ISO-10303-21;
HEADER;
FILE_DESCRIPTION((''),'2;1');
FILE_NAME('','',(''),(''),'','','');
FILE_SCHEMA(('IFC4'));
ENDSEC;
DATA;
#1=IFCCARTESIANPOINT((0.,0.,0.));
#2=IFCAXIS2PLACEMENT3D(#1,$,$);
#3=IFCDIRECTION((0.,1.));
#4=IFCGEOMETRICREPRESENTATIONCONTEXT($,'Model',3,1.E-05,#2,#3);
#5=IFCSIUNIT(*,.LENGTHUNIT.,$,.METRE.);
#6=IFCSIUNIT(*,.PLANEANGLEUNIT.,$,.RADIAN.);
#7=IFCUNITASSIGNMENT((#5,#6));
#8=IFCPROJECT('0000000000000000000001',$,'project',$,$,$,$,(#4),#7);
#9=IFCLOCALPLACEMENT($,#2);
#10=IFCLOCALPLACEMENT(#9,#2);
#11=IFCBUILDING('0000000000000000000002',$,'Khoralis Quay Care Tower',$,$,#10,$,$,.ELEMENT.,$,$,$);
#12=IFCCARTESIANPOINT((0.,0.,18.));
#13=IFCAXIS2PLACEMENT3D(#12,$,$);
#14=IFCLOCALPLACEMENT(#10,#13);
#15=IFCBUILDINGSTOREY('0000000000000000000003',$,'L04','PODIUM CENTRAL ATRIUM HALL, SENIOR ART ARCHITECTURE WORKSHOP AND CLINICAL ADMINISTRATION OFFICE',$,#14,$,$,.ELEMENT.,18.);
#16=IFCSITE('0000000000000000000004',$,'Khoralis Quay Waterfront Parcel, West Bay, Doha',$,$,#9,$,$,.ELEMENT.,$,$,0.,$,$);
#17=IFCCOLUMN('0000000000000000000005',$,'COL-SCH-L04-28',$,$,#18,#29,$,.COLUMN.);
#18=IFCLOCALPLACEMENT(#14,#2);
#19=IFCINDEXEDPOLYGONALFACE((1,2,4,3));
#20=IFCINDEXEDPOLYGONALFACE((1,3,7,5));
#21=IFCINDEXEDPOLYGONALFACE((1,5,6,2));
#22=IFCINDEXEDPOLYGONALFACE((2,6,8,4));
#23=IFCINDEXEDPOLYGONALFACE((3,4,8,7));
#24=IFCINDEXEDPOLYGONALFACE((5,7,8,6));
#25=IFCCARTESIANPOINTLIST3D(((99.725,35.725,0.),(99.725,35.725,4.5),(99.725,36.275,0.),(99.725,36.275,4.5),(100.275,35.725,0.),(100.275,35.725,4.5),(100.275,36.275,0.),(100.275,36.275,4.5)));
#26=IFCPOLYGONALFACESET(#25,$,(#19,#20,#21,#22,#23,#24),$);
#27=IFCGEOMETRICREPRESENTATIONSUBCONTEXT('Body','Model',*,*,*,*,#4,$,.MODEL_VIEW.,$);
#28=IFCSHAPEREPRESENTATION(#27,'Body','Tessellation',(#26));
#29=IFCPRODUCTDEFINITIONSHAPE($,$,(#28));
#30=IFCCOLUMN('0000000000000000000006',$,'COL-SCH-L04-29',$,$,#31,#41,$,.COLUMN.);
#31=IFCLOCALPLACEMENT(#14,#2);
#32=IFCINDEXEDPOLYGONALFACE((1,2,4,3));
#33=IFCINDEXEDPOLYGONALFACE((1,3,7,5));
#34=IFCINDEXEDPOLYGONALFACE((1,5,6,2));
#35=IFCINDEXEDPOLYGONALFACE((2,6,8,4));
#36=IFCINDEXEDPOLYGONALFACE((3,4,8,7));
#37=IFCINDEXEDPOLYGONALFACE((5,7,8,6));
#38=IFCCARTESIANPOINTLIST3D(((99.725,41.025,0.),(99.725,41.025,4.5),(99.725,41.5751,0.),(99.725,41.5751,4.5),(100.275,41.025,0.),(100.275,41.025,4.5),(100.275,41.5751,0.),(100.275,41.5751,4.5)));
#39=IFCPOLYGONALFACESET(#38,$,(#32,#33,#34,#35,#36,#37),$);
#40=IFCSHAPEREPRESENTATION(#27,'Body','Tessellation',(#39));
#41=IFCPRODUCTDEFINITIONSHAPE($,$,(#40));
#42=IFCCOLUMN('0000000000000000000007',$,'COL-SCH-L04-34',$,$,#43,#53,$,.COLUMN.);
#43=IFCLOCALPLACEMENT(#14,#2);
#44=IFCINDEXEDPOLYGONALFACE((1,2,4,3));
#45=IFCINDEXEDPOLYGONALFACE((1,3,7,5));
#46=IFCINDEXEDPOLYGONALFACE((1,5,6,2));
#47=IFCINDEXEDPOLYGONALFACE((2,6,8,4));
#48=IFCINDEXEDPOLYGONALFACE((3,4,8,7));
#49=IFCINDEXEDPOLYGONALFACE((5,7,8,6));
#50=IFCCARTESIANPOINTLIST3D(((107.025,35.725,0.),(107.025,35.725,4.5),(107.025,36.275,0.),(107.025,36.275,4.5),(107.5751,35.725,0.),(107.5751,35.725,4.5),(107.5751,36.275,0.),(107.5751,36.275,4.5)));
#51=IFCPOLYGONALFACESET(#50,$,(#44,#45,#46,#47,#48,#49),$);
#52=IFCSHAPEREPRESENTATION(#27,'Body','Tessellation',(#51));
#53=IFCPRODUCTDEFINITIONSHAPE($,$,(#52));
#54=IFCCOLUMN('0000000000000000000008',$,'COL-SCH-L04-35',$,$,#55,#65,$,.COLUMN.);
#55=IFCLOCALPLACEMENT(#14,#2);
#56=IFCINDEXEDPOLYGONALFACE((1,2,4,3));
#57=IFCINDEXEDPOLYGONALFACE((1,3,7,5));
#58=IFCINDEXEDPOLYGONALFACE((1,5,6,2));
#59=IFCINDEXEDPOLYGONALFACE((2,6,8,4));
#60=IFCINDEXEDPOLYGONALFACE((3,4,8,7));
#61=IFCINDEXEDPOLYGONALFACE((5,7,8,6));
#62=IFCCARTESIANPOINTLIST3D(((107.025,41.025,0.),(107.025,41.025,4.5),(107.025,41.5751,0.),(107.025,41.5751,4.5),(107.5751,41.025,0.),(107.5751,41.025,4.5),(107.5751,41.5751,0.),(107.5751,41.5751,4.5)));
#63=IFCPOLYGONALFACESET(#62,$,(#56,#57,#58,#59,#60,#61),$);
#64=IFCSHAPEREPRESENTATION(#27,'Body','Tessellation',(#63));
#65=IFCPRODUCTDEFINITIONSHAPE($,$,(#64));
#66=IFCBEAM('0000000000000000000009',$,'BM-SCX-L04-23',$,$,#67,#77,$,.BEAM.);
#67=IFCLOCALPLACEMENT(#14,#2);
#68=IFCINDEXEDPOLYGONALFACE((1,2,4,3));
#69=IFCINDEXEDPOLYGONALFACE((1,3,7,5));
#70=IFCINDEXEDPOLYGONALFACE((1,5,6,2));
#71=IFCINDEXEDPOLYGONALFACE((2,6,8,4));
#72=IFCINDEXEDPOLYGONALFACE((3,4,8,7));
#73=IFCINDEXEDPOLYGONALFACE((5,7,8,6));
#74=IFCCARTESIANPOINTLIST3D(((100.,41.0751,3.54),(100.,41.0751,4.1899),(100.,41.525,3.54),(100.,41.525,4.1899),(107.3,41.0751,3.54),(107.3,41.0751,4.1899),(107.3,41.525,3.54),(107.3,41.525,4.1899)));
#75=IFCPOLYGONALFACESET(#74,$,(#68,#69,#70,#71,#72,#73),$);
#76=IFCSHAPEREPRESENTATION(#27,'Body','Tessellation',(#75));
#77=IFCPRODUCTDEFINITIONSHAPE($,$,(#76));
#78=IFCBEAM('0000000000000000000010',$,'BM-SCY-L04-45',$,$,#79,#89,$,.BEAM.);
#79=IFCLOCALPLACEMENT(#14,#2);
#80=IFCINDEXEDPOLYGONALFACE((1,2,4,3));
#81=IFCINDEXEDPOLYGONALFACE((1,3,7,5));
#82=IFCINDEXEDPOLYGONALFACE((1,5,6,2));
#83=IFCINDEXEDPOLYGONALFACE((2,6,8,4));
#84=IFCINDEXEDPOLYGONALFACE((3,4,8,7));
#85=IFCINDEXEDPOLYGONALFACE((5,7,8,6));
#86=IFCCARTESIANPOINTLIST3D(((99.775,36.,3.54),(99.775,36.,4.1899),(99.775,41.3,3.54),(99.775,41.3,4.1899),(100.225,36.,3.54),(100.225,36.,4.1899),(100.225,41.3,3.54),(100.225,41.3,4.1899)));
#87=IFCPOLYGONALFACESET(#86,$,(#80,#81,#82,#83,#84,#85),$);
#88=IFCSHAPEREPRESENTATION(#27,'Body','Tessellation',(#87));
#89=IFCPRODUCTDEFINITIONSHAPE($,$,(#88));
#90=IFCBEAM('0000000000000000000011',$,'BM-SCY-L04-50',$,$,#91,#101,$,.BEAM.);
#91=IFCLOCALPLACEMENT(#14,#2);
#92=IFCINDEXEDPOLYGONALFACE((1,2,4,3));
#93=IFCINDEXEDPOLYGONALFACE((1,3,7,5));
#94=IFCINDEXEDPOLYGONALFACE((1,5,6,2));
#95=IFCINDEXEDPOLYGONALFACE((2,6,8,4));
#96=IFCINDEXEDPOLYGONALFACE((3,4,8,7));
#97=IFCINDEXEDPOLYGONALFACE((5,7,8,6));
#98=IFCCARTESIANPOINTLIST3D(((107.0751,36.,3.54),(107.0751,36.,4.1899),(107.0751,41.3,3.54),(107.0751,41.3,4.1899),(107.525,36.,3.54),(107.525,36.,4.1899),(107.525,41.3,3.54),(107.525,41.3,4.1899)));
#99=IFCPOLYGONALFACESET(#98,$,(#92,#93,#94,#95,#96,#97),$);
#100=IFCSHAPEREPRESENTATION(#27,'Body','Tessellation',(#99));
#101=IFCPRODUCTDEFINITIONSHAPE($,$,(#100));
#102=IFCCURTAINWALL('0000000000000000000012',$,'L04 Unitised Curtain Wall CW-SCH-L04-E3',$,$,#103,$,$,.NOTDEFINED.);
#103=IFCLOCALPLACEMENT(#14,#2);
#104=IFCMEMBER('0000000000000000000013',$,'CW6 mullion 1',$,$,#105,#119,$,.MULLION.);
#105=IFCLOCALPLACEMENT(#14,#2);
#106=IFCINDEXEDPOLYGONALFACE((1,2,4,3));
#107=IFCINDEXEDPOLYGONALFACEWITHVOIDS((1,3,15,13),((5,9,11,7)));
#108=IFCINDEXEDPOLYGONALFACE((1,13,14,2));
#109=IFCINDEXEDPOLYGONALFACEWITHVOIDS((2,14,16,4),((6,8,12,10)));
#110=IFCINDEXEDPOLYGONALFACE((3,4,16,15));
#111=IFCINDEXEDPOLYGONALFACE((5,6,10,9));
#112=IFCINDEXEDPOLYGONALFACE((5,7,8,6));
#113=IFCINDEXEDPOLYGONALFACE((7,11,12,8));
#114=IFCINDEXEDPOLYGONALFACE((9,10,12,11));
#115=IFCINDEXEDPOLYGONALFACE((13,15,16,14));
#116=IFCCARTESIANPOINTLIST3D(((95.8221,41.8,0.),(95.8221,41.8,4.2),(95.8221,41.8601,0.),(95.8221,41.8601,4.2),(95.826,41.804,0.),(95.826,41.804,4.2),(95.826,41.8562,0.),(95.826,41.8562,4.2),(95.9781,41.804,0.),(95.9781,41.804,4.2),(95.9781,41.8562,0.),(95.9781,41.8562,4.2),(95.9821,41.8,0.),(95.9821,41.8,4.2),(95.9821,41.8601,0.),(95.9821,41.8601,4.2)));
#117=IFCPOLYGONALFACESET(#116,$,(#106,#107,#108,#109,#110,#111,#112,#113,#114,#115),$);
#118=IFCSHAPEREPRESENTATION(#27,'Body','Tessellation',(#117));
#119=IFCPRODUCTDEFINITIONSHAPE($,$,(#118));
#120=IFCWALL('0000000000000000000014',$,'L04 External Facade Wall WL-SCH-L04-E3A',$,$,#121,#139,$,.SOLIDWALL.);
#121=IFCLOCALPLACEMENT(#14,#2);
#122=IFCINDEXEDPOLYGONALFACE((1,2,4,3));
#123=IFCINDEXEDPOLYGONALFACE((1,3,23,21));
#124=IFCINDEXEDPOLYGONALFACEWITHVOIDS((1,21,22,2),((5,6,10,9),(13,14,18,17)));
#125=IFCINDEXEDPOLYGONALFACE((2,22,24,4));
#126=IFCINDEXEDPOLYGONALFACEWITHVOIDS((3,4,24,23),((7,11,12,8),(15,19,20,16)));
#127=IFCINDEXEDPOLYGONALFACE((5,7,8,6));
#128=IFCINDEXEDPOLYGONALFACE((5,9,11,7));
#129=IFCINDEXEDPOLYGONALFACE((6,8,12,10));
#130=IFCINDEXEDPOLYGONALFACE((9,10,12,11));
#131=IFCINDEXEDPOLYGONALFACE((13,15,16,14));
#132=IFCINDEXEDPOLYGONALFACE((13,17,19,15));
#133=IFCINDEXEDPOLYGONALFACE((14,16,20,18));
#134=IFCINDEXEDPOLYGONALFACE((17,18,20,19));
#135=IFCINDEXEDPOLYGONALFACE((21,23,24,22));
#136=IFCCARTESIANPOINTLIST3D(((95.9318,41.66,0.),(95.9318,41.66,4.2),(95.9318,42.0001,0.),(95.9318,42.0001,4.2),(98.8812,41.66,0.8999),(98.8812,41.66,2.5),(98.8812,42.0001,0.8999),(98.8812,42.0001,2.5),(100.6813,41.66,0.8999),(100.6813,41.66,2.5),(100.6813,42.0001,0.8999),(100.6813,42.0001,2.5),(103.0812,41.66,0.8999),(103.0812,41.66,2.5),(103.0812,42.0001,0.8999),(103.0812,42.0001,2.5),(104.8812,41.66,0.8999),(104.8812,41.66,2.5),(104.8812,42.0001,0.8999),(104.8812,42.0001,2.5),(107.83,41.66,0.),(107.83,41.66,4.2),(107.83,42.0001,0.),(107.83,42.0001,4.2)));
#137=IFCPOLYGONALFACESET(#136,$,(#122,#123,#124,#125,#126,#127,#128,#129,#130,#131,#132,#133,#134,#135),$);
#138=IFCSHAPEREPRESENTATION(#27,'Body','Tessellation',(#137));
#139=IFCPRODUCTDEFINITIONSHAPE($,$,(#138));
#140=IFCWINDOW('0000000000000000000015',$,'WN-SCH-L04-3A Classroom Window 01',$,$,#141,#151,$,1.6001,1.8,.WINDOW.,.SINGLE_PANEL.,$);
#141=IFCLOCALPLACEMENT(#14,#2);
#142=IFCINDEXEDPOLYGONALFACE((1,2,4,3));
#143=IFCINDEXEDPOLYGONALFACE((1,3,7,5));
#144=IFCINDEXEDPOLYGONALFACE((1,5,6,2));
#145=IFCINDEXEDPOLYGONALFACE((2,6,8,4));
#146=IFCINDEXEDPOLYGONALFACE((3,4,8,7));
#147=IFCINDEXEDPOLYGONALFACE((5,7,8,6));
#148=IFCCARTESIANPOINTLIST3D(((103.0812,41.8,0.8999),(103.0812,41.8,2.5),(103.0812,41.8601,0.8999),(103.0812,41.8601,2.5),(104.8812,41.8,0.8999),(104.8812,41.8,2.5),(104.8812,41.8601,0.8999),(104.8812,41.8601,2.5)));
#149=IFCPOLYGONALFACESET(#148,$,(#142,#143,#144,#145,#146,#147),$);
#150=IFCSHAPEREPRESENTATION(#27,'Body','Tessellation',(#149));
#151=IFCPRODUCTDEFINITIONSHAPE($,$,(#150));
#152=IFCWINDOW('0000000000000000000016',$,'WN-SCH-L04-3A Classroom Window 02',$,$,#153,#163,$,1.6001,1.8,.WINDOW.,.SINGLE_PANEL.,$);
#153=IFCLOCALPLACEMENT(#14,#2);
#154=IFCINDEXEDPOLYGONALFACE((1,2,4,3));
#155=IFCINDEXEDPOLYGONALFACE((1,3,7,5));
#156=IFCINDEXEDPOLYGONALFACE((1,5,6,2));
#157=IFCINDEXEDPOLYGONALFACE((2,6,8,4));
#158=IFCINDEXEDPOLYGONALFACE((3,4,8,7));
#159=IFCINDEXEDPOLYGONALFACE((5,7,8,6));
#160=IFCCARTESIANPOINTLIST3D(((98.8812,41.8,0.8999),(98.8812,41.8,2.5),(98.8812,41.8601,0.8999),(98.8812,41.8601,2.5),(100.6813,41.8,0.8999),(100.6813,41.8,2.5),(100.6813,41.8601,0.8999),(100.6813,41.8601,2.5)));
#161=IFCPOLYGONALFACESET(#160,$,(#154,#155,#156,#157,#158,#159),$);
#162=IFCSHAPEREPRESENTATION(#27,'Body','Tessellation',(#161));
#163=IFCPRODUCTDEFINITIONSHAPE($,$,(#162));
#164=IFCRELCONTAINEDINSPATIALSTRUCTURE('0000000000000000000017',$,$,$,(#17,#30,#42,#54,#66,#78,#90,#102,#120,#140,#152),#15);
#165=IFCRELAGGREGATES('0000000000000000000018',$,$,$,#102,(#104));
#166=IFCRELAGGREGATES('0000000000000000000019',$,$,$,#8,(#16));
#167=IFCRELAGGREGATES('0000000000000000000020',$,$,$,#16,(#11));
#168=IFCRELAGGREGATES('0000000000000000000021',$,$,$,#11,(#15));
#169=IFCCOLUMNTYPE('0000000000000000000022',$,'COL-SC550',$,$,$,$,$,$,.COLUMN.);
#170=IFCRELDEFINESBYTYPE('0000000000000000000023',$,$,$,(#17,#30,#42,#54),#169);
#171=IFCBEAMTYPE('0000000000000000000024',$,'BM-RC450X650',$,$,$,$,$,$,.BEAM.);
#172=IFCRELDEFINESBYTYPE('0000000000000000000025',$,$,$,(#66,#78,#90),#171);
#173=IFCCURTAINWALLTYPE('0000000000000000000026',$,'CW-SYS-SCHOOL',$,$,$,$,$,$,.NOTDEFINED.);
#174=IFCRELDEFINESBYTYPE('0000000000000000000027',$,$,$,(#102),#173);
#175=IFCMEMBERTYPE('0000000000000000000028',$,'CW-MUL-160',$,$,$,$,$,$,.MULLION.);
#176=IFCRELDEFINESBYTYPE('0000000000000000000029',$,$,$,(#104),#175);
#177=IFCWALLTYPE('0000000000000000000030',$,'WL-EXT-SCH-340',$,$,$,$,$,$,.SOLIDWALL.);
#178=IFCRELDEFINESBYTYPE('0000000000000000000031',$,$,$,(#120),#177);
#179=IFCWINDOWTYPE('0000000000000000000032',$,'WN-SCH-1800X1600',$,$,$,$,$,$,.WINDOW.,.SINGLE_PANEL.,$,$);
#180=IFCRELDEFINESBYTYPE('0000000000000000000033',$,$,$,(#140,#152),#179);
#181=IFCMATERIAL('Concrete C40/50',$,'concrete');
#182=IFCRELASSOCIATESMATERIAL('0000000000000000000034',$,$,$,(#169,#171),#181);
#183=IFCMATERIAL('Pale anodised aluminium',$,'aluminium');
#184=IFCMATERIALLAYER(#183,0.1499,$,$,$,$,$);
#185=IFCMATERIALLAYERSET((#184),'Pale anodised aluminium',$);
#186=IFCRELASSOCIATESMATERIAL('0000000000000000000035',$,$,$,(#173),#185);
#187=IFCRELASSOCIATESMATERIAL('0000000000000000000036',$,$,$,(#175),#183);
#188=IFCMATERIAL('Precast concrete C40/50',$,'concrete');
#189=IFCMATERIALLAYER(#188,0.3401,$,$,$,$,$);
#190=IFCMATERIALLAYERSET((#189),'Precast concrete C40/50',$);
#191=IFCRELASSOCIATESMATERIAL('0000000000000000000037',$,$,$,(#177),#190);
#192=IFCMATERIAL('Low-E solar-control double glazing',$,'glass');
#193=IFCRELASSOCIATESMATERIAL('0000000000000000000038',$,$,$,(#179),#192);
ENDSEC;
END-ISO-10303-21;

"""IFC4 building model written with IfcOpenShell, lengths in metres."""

from ifc_helpers import new_model, si_unit, direction, frame, frame_2d, origin, origin_2d, place, context, subcontext, project, spatial, rectangle, hollow_rectangle, extrude, source, transform, mapped, material, layer, layer_set, material_profile, profile_set, type_object, element, fill, aggregate, save


model = new_model("IFC4")

# Units and contexts
model_context = context("Model", 3, precision=1e-05, world=origin(), true_north=direction((0.0, 1.0)))
body_context = subcontext(model_context, "Body", "Model", "MODEL_VIEW")
ifc_project = project(units=[si_unit("LENGTHUNIT", "METRE"), si_unit("PLANEANGLEUNIT", "RADIAN")], contexts=[model_context])

# Site, building, storey
site_placement = place(None, origin())
site = spatial("IfcSite", under=ifc_project, at=site_placement, Name="Khoralis Quay Waterfront Parcel, West Bay, Doha", CompositionType="ELEMENT", RefElevation=0.0)
building_placement = place(site_placement, origin())
building = spatial("IfcBuilding", under=site, at=building_placement, Name="Khoralis Quay Care Tower", CompositionType="ELEMENT")
storey_placement = place(building_placement, frame((0.0, 0.0, 18.0)))
storey = spatial("IfcBuildingStorey", under=building, at=storey_placement, Name="L04", Description="PODIUM CENTRAL ATRIUM HALL, SENIOR ART ARCHITECTURE WORKSHOP AND CLINICAL ADMINISTRATION OFFICE", CompositionType="ELEMENT", Elevation=18.0)

# Columns
ifc_material_1 = material(Name="Concrete C40/50", Category="concrete")
ifc_material_profile_1 = material_profile(ifc_material_1, rectangle(XDim=0.55, YDim=0.55, at=origin_2d()), Name="Concrete C40/50")
ifc_profile_set_1 = profile_set([ifc_material_profile_1], Name="Concrete C40/50")
column_type = type_object("IfcColumnType", Name="COL-SC550", PredefinedType="COLUMN", material=ifc_profile_set_1)
shared_shape_1 = source(origin(), body_context, "Body", "SweptSolid", [
    extrude(rectangle(XDim=0.55, YDim=0.55, at=origin_2d()), origin(), (0.0, 0.0, 1.0), 4.5),
])
for number, where, z_axis, x_axis, name in (
    (1, (100.0, 36.0, 0.0), (0.0, 0.0, 1.0), (1.0, 0.0, 0.0), "COL-SCH-L04-28"),
    (2, (100.0, 41.3, 0.0), (0.0, 0.0, 1.0), (1.0, 0.0, 0.0), "COL-SCH-L04-29"),
    (3, (107.3, 36.0, 0.0), (0.0, 0.0, 1.0), (1.0, 0.0, 0.0), "COL-SCH-L04-34"),
    (4, (107.3, 41.3, 0.0), (0.0, 0.0, 1.0), (1.0, 0.0, 0.0), "COL-SCH-L04-35"),
):
    element("IfcColumn", number, at=place(storey_placement, frame(where, z_axis=z_axis, x_axis=x_axis)), inside=storey, type_object=column_type, Name=name, PredefinedType="COLUMN", context=body_context, shape_type="MappedRepresentation", body=[
        mapped(shared_shape_1, transform((0.0, 0.0, 0.0), scale=1.0)),
    ])

# Beams
ifc_material_profile_2 = material_profile(ifc_material_1, rectangle(XDim=0.45, YDim=0.6499, at=origin_2d()), Name="Concrete C40/50")
ifc_profile_set_2 = profile_set([ifc_material_profile_2], Name="Concrete C40/50")
beam_type = type_object("IfcBeamType", Name="BM-RC450X650", PredefinedType="BEAM", material=ifc_profile_set_2)
shared_shape_2 = source(origin(), body_context, "Body", "SweptSolid", [
    extrude(rectangle(XDim=0.45, YDim=0.6499, at=origin_2d()), origin(), (0.0, 0.0, 1.0), 7.3),
])
beam_placement = place(storey_placement, frame((100.0, 41.3, 3.865), z_axis=(1.0, 0.0, 0.0), x_axis=(0.0, 1.0, 0.0)))
element("IfcBeam", 5, at=beam_placement, inside=storey, type_object=beam_type, Name="BM-SCX-L04-23", PredefinedType="BEAM", context=body_context, shape_type="MappedRepresentation", body=[
    mapped(shared_shape_2, transform((0.0, 0.0, 0.0), scale=1.0)),
])
shared_shape_3 = source(origin(), body_context, "Body", "SweptSolid", [
    extrude(rectangle(XDim=0.45, YDim=0.6499, at=origin_2d()), origin(), (0.0, 0.0, 1.0), 5.3),
])
for number, where, z_axis, x_axis, name in (
    (6, (100.0, 36.0, 3.865), (0.0, 1.0, 0.0), (-1.0, 0.0, 0.0), "BM-SCY-L04-45"),
    (7, (107.3, 36.0, 3.865), (0.0, 1.0, 0.0), (-1.0, 0.0, 0.0), "BM-SCY-L04-50"),
):
    element("IfcBeam", number, at=place(storey_placement, frame(where, z_axis=z_axis, x_axis=x_axis)), inside=storey, type_object=beam_type, Name=name, PredefinedType="BEAM", context=body_context, shape_type="MappedRepresentation", body=[
        mapped(shared_shape_3, transform((0.0, 0.0, 0.0), scale=1.0)),
    ])

# Curtain wall, member
ifc_material_2 = material(Name="Pale anodised aluminium", Category="aluminium")
ifc_layer_1 = layer(ifc_material_2, 0.1499)
ifc_layer_set_1 = layer_set([ifc_layer_1], Name="Pale anodised aluminium")
curtain_wall_type = type_object("IfcCurtainWallType", Name="CW-SYS-SCHOOL", PredefinedType="NOTDEFINED", material=ifc_layer_set_1)
curtain_wall_placement = place(storey_placement, origin())
curtain_wall = element("IfcCurtainWall", 8, at=curtain_wall_placement, inside=storey, type_object=curtain_wall_type, Name="L04 Unitised Curtain Wall CW-SCH-L04-E3", PredefinedType="NOTDEFINED")
ifc_material_profile_3 = material_profile(ifc_material_2, hollow_rectangle(XDim=0.0601, YDim=0.1599, WallThickness=0.0039, at=origin_2d()), Name="Pale anodised aluminium")
ifc_profile_set_3 = profile_set([ifc_material_profile_3], Name="Pale anodised aluminium")
member_type = type_object("IfcMemberType", Name="CW-MUL-160", PredefinedType="MULLION", material=ifc_profile_set_3)
shared_shape_4 = source(origin(), body_context, "Body", "SweptSolid", [
    extrude(hollow_rectangle(XDim=0.0601, YDim=0.1599, WallThickness=0.0039, at=origin_2d()), origin(), (0.0, 0.0, 1.0), 4.2),
])
member_placement = place(storey_placement, frame((95.9021, 41.8301, 0.0), z_axis=(0.0, 0.0, 1.0), x_axis=(0.0, -1.0, 0.0)))
member = element("IfcMember", 9, at=member_placement, type_object=member_type, Name="CW6 mullion 1", PredefinedType="MULLION", context=body_context, shape_type="MappedRepresentation", body=[
    mapped(shared_shape_4, transform((0.0, 0.0, 0.0), scale=1.0)),
])
aggregate(curtain_wall, [member])

# Wall, openings, windows
ifc_material_3 = material(Name="Precast concrete C40/50", Category="concrete")
ifc_layer_2 = layer(ifc_material_3, 0.3401)
ifc_layer_set_2 = layer_set([ifc_layer_2], Name="Precast concrete C40/50")
wall_type_1 = type_object("IfcWallType", Name="WL-EXT-SCH-340", PredefinedType="SOLIDWALL", material=ifc_layer_set_2)
wall_1_placement = place(storey_placement, frame((107.8301, 41.8301, 0.0), z_axis=(0.0, 0.0, 1.0), x_axis=(-1.0, 0.0, 0.0)))
wall_1 = element("IfcWall", 10, at=wall_1_placement, inside=storey, type_object=wall_type_1, Name="L04 External Facade Wall WL-SCH-L04-E3A", PredefinedType="SOLIDWALL", context=body_context, shape_type="SweptSolid", body=[
    extrude(rectangle(XDim=11.8982, YDim=0.3401, at=frame_2d((5.9492, 0.0))), origin(), (0.0, 0.0, 1.0), 4.2),
])
opening_1_placement = place(wall_1_placement, frame((2.949, 0.0, 0.8999)))
opening_1 = element("IfcOpeningElement", 11, at=opening_1_placement, cuts=wall_1, PredefinedType="OPENING", context=body_context, shape_type="SweptSolid", body=[
    extrude(rectangle(XDim=1.8, YDim=1.6001, at=frame_2d((0.8999, 0.8))), frame((0.0, 0.1802, 0.0), z_axis=(0.0, -1.0, 0.0), x_axis=(1.0, 0.0, 0.0)), (0.0, 0.0, 1.0), 0.3601),
])
opening_2_placement = place(wall_1_placement, frame((7.1489, 0.0, 0.8999)))
opening_2 = element("IfcOpeningElement", 12, at=opening_2_placement, cuts=wall_1, PredefinedType="OPENING", context=body_context, shape_type="SweptSolid", body=[
    extrude(rectangle(XDim=1.8, YDim=1.6001, at=frame_2d((0.8999, 0.8))), frame((0.0, 0.1802, 0.0), z_axis=(0.0, -1.0, 0.0), x_axis=(1.0, 0.0, 0.0)), (0.0, 0.0, 1.0), 0.3601),
])
ifc_material_4 = material(Name="Low-E solar-control double glazing", Category="glass")
window_type = type_object("IfcWindowType", Name="WN-SCH-1800X1600", PartitioningType="SINGLE_PANEL", PredefinedType="WINDOW", material=ifc_material_4)
shared_shape_5 = source(origin(), body_context, "Body", "SweptSolid", [
    extrude(rectangle(XDim=1.8, YDim=1.6001, at=frame_2d((0.8999, 0.8))), frame((0.0, 0.03, 0.0), z_axis=(0.0, -1.0, 0.0), x_axis=(1.0, 0.0, 0.0)), (0.0, 0.0, 1.0), 0.0601),
])
window_1_placement = place(opening_1_placement, origin())
window_1 = element("IfcWindow", 13, at=window_1_placement, inside=storey, type_object=window_type, Name="WN-SCH-L04-3A Classroom Window 01", OverallHeight=1.6001, OverallWidth=1.8, PartitioningType="SINGLE_PANEL", PredefinedType="WINDOW", context=body_context, shape_type="MappedRepresentation", body=[
    mapped(shared_shape_5, transform((0.0, 0.0, 0.0), scale=1.0)),
])
fill(opening_1, window_1)
window_2_placement = place(opening_2_placement, origin())
window_2 = element("IfcWindow", 14, at=window_2_placement, inside=storey, type_object=window_type, Name="WN-SCH-L04-3A Classroom Window 02", OverallHeight=1.6001, OverallWidth=1.8, PartitioningType="SINGLE_PANEL", PredefinedType="WINDOW", context=body_context, shape_type="MappedRepresentation", body=[
    mapped(shared_shape_5, transform((0.0, 0.0, 0.0), scale=1.0)),
])
fill(opening_2, window_2)

save(model, "model.ifc")
